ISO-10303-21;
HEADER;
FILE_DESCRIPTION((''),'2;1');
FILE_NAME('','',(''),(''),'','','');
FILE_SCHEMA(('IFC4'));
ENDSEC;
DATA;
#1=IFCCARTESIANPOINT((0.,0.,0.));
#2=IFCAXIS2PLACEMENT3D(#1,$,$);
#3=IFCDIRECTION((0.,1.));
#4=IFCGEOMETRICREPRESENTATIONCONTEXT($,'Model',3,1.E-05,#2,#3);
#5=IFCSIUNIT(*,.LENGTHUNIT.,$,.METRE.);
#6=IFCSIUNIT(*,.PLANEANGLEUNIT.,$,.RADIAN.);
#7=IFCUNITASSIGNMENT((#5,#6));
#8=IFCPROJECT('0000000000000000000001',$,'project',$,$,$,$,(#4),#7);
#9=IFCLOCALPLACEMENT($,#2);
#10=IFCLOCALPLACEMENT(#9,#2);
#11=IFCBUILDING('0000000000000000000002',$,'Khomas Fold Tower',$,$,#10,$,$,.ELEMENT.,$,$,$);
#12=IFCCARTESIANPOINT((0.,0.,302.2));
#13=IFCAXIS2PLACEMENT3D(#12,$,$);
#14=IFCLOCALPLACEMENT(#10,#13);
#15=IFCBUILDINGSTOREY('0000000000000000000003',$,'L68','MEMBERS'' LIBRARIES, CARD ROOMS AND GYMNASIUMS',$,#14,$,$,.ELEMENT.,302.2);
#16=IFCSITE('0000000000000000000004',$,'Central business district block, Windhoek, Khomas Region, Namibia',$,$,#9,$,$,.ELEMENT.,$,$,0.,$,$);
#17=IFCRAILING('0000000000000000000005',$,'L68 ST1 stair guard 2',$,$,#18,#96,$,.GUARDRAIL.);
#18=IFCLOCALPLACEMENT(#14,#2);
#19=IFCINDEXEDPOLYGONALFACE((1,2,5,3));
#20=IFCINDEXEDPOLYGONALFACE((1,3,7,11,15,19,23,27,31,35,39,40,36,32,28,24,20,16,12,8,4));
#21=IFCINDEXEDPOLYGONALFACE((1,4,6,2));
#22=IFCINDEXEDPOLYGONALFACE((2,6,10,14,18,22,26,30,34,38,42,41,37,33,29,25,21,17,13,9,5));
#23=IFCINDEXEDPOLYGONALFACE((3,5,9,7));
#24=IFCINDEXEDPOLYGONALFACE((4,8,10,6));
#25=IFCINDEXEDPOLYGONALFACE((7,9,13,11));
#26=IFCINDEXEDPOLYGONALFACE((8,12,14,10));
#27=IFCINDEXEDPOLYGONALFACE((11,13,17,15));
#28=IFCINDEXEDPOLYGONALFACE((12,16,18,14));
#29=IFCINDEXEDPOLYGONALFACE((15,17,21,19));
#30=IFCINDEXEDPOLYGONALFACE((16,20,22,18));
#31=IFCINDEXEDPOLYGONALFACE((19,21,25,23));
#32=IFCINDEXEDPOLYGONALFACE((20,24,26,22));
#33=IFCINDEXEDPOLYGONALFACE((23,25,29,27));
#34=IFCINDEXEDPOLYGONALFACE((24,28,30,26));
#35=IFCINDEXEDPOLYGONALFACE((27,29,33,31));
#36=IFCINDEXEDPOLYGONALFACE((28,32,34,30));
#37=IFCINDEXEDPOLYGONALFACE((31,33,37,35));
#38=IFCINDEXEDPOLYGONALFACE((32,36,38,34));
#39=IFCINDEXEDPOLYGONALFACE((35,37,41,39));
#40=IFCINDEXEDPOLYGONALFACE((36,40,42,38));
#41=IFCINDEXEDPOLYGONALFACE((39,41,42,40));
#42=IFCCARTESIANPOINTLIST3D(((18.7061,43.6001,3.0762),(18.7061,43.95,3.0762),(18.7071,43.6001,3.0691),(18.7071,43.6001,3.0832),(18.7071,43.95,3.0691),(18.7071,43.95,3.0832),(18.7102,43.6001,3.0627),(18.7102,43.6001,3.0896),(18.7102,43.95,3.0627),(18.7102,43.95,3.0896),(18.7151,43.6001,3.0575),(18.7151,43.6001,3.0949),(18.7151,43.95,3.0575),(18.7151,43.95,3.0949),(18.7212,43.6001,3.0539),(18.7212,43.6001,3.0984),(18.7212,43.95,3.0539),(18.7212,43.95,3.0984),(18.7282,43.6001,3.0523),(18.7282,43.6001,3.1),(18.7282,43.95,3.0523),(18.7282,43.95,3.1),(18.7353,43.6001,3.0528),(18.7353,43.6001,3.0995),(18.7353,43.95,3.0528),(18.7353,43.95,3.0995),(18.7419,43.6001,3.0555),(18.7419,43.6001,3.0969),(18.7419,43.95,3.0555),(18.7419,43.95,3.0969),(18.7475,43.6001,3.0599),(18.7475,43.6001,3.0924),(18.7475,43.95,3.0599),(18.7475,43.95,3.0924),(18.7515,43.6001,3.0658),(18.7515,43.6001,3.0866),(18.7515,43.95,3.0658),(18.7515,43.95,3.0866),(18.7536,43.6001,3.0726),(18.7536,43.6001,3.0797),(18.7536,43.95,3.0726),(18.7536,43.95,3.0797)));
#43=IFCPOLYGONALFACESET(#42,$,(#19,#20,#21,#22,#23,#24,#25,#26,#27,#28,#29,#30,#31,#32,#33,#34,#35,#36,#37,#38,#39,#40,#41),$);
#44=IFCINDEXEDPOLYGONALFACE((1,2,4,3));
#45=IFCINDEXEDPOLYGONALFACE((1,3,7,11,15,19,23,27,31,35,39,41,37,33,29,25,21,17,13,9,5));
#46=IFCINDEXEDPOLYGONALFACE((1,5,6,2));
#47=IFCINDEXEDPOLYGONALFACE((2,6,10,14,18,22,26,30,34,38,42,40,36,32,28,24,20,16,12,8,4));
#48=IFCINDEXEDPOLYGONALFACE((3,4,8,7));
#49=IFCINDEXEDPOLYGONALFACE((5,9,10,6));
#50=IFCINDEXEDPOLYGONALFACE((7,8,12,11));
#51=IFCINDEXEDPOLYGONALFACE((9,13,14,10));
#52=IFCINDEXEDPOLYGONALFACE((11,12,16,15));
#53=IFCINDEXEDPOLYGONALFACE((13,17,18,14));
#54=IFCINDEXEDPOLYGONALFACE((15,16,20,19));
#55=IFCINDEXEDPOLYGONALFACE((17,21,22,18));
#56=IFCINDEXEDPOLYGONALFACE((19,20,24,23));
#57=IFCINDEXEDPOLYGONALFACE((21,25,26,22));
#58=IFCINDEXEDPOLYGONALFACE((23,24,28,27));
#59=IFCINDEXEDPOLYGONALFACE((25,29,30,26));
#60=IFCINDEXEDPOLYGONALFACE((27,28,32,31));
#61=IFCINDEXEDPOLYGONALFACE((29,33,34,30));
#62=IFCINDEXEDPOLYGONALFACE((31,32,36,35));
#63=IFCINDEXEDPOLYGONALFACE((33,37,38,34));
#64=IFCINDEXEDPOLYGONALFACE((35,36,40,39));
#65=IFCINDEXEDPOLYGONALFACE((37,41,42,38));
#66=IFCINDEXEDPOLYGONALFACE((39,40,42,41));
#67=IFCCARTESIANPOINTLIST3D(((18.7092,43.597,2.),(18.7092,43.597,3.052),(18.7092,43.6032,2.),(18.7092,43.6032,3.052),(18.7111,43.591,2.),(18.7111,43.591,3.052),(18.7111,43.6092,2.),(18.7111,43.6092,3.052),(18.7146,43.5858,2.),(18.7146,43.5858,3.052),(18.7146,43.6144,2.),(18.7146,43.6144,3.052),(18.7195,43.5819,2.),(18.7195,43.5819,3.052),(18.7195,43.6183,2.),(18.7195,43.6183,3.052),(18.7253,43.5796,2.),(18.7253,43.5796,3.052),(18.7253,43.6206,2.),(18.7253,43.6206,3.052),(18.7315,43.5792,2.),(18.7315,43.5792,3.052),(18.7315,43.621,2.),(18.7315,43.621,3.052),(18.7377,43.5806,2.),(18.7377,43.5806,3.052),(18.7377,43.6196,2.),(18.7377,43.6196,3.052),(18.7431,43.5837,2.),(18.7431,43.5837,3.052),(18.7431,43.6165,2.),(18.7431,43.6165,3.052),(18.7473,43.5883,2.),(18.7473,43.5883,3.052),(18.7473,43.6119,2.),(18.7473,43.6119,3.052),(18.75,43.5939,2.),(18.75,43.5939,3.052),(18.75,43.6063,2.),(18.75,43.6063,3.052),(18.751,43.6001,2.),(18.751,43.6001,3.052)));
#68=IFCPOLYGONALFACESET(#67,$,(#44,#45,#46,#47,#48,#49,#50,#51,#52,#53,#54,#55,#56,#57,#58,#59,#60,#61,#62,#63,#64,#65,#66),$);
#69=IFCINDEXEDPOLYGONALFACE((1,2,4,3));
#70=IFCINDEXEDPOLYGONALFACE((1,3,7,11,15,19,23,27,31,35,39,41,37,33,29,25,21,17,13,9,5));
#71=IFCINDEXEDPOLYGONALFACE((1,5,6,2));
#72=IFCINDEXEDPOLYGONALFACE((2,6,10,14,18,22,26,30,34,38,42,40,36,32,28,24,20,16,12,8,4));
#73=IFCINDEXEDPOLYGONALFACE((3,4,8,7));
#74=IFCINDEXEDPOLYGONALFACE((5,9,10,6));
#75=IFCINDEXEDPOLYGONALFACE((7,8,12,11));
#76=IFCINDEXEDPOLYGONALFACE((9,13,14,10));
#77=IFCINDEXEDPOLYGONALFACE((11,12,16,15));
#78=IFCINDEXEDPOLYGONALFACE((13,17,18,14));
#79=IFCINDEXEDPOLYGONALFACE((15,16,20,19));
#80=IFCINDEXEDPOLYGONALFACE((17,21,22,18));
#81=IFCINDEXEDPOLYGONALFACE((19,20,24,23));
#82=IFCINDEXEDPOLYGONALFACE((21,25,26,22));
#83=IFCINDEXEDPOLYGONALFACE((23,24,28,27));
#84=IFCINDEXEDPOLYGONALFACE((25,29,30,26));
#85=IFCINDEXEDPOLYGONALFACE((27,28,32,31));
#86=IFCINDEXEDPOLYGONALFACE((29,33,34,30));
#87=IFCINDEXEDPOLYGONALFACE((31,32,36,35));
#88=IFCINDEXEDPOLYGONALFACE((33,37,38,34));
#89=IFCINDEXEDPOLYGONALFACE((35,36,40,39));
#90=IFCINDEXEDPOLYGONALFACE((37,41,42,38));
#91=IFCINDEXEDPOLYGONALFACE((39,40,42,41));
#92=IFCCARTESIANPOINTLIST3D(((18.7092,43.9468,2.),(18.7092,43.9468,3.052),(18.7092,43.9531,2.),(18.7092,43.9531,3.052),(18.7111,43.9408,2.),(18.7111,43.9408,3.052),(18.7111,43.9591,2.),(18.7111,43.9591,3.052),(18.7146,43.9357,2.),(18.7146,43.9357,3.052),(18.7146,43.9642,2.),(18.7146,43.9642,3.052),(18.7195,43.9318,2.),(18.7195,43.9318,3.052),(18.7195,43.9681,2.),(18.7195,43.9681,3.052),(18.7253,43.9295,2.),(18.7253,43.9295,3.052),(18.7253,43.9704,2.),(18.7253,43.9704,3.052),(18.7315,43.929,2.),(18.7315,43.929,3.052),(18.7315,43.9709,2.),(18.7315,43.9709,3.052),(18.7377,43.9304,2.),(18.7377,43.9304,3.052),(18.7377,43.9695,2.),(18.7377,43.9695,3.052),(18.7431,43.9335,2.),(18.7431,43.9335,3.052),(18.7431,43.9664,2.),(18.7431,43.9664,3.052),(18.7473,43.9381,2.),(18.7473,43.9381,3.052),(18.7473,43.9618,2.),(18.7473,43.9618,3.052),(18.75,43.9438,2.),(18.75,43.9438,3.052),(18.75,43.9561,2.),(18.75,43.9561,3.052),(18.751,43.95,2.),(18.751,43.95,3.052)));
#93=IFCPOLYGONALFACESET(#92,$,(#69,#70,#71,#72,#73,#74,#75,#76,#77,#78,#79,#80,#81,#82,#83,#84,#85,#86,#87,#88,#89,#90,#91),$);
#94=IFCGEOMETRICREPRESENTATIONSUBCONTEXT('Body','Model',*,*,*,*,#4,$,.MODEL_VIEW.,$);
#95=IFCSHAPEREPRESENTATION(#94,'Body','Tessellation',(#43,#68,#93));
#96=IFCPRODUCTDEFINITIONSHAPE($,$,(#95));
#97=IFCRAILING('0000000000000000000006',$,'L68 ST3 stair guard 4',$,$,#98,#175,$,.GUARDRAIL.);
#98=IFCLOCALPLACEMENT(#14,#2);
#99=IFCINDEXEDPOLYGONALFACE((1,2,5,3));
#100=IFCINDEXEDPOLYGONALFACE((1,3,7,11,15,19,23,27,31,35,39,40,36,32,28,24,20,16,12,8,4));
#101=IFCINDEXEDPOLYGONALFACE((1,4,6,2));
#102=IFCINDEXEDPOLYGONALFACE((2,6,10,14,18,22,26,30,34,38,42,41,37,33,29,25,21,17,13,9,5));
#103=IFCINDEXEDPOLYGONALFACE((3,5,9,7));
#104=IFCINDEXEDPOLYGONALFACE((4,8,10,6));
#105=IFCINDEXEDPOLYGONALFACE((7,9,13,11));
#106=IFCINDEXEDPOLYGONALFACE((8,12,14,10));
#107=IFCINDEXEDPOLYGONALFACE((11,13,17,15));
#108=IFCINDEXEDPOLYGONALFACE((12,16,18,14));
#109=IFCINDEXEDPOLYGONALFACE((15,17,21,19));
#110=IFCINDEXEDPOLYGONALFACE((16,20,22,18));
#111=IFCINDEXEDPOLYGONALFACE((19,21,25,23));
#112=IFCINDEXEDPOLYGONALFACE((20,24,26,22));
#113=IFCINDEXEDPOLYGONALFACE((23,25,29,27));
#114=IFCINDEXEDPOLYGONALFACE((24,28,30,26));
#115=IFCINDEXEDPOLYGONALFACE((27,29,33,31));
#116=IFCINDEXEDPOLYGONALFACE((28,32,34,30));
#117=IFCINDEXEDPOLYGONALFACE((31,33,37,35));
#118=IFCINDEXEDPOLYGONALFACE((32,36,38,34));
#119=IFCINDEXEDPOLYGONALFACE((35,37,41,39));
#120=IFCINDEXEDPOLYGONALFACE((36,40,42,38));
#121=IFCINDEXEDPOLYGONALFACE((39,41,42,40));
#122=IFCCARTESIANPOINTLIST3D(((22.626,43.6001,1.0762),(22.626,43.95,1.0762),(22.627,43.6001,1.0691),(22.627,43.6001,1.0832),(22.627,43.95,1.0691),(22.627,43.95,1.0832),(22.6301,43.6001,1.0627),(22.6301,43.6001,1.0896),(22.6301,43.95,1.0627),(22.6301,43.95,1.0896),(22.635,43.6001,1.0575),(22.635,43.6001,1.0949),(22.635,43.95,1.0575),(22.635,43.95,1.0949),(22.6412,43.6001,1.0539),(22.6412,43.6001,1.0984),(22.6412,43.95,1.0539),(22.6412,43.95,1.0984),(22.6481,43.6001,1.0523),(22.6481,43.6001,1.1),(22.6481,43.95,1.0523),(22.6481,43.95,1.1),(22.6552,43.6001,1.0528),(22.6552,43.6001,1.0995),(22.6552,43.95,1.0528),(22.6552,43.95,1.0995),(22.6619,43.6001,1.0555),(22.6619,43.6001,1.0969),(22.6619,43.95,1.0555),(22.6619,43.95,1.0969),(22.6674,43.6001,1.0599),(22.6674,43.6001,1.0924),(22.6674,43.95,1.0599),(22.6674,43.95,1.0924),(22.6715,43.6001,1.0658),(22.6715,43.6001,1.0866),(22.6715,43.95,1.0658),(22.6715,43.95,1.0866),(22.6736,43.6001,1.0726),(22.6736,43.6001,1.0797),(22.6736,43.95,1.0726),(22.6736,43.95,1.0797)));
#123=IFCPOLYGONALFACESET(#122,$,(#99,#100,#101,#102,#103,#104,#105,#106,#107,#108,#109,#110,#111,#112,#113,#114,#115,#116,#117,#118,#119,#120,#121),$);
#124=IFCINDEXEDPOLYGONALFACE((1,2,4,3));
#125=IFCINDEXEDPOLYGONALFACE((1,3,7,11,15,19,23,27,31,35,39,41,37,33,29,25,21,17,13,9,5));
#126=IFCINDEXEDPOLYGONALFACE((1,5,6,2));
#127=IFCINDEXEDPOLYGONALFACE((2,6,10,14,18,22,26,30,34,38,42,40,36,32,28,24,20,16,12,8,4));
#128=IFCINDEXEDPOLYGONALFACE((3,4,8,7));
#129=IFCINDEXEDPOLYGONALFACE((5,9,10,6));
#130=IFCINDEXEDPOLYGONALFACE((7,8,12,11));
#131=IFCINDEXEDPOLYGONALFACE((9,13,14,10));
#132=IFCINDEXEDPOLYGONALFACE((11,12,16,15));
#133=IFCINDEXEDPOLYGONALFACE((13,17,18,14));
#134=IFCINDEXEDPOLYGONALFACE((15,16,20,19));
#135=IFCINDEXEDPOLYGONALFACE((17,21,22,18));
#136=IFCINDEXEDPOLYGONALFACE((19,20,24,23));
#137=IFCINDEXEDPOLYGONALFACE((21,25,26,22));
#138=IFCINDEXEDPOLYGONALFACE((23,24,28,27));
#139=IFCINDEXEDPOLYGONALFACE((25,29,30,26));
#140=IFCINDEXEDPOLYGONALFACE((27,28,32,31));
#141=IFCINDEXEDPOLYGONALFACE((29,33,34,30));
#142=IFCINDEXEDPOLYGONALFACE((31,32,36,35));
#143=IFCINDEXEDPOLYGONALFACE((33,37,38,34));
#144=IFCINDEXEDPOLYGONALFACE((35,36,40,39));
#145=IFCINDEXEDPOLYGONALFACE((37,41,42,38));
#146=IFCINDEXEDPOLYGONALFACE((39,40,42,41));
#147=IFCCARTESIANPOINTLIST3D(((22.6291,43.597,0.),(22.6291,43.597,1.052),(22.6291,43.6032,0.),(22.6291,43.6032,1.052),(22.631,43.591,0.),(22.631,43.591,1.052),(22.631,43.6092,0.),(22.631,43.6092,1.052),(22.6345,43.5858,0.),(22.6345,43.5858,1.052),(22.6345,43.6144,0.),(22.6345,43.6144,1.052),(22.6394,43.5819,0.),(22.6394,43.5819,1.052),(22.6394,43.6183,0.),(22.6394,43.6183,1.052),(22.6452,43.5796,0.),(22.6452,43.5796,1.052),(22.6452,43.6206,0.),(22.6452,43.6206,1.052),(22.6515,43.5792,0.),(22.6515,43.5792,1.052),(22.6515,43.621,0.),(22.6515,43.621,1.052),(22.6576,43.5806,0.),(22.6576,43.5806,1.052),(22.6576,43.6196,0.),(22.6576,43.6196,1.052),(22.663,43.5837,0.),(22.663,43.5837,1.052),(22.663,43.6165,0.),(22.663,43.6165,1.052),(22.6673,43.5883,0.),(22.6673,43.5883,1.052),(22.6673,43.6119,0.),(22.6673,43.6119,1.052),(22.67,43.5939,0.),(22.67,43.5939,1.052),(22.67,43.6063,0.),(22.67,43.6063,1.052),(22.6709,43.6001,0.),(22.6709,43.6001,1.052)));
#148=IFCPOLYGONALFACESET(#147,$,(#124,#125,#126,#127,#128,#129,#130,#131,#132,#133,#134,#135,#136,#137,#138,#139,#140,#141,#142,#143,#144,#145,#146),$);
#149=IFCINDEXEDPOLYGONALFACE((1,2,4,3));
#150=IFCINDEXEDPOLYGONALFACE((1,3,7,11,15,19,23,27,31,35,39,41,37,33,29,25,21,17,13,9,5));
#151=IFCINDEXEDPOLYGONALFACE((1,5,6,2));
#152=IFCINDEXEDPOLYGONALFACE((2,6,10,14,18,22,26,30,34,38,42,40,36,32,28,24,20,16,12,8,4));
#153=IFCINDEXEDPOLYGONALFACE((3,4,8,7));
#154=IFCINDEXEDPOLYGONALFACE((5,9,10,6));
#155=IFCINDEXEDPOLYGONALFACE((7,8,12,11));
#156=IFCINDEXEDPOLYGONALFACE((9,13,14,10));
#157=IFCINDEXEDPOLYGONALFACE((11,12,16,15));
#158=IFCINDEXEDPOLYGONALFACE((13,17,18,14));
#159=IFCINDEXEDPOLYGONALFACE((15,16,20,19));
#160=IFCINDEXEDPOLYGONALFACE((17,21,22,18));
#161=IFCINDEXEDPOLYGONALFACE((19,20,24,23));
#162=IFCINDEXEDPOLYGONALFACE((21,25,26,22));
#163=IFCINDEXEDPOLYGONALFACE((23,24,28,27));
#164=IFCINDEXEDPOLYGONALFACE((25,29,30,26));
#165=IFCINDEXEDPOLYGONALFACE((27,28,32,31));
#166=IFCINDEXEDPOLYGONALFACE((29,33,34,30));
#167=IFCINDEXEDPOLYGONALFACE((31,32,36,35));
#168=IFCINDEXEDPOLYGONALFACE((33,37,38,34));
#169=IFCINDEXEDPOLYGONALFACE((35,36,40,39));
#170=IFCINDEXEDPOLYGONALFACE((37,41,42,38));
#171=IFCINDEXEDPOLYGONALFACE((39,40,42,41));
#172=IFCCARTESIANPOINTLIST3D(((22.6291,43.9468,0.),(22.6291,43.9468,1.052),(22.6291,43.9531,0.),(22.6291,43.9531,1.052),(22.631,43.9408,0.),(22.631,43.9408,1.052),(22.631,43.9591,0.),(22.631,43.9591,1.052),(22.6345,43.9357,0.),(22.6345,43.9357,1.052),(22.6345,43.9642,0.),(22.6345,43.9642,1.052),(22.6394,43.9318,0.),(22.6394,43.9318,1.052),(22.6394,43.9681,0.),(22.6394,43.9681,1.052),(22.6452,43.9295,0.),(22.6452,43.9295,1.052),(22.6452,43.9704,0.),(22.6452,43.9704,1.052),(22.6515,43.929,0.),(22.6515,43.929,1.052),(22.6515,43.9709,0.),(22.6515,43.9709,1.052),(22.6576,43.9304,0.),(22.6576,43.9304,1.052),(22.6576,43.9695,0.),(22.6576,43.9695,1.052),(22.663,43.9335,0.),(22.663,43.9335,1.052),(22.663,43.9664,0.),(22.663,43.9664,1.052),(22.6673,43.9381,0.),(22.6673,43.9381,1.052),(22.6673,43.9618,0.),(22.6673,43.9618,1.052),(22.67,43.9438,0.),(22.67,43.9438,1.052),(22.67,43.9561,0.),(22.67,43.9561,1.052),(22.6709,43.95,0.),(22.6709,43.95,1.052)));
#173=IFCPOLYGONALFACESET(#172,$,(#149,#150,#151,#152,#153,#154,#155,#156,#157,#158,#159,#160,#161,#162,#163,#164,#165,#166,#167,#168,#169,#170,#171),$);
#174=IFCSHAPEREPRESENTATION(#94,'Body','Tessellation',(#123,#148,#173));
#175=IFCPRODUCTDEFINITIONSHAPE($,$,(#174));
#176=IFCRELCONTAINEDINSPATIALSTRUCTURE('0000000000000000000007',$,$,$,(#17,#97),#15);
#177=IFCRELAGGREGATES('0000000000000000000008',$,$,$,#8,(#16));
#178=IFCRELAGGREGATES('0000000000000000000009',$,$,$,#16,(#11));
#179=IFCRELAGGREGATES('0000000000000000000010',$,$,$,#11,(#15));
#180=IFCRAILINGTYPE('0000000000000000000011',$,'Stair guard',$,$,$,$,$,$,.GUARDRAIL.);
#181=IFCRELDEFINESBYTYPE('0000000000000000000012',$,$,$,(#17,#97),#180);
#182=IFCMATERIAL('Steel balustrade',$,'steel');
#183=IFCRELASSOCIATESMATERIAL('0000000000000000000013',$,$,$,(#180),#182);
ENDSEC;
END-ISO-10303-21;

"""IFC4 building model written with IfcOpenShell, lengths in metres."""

from ifc_helpers import new_model, si_unit, direction, frame, origin, origin_2d, place, context, subcontext, project, spatial, circle, extrude, source, transform, mapped, material, type_object, element, save


model = new_model("IFC4")

# Units and contexts
model_context = context("Model", 3, precision=1e-05, world=origin(), true_north=direction((0.0, 1.0)))
body_context = subcontext(model_context, "Body", "Model", "MODEL_VIEW")
ifc_project = project(units=[si_unit("LENGTHUNIT", "METRE"), si_unit("PLANEANGLEUNIT", "RADIAN")], contexts=[model_context])

# Site, building, storey
site_placement = place(None, origin())
site = spatial("IfcSite", under=ifc_project, at=site_placement, Name="Central business district block, Windhoek, Khomas Region, Namibia", CompositionType="ELEMENT", RefElevation=0.0)
building_placement = place(site_placement, origin())
building = spatial("IfcBuilding", under=site, at=building_placement, Name="Khomas Fold Tower", CompositionType="ELEMENT")
storey_placement = place(building_placement, frame((0.0, 0.0, 302.2)))
storey = spatial("IfcBuildingStorey", under=building, at=storey_placement, Name="L68", Description="MEMBERS' LIBRARIES, CARD ROOMS AND GYMNASIUMS", CompositionType="ELEMENT", Elevation=302.2)

# Railings
ifc_material_1 = material(Name="Steel balustrade", Category="steel")
railing_type_1 = type_object("IfcRailingType", Name="Stair guard", PredefinedType="GUARDRAIL", material=ifc_material_1)
shared_shape_1 = source(origin(), body_context, "Body", "SweptSolid", [
    extrude(circle(Radius=0.0239, at=origin_2d()), frame((0.0, 0.0, 1.0762), z_axis=(0.0, 1.0, 0.0), x_axis=(-1.0, 0.0, 0.0)), (0.0, 0.0, 1.0), 0.3499),
    extrude(circle(Radius=0.021, at=origin_2d()), origin(), (0.0, 0.0, 1.0), 1.052),
    extrude(circle(Radius=0.021, at=origin_2d()), frame((0.0, 0.3499, 0.0)), (0.0, 0.0, 1.0), 1.052),
])
for number, where, name in (
    (1, (18.73, 43.6001, 2.0), "L68 ST1 stair guard 2"),
    (2, (22.6499, 43.6001, 0.0), "L68 ST3 stair guard 4"),
):
    element("IfcRailing", number, at=place(storey_placement, frame(where)), inside=storey, type_object=railing_type_1, Name=name, PredefinedType="GUARDRAIL", context=body_context, shape_type="MappedRepresentation", body=[
        mapped(shared_shape_1, transform((0.0, 0.0, 0.0))),
    ])

save(model, "model.ifc")
